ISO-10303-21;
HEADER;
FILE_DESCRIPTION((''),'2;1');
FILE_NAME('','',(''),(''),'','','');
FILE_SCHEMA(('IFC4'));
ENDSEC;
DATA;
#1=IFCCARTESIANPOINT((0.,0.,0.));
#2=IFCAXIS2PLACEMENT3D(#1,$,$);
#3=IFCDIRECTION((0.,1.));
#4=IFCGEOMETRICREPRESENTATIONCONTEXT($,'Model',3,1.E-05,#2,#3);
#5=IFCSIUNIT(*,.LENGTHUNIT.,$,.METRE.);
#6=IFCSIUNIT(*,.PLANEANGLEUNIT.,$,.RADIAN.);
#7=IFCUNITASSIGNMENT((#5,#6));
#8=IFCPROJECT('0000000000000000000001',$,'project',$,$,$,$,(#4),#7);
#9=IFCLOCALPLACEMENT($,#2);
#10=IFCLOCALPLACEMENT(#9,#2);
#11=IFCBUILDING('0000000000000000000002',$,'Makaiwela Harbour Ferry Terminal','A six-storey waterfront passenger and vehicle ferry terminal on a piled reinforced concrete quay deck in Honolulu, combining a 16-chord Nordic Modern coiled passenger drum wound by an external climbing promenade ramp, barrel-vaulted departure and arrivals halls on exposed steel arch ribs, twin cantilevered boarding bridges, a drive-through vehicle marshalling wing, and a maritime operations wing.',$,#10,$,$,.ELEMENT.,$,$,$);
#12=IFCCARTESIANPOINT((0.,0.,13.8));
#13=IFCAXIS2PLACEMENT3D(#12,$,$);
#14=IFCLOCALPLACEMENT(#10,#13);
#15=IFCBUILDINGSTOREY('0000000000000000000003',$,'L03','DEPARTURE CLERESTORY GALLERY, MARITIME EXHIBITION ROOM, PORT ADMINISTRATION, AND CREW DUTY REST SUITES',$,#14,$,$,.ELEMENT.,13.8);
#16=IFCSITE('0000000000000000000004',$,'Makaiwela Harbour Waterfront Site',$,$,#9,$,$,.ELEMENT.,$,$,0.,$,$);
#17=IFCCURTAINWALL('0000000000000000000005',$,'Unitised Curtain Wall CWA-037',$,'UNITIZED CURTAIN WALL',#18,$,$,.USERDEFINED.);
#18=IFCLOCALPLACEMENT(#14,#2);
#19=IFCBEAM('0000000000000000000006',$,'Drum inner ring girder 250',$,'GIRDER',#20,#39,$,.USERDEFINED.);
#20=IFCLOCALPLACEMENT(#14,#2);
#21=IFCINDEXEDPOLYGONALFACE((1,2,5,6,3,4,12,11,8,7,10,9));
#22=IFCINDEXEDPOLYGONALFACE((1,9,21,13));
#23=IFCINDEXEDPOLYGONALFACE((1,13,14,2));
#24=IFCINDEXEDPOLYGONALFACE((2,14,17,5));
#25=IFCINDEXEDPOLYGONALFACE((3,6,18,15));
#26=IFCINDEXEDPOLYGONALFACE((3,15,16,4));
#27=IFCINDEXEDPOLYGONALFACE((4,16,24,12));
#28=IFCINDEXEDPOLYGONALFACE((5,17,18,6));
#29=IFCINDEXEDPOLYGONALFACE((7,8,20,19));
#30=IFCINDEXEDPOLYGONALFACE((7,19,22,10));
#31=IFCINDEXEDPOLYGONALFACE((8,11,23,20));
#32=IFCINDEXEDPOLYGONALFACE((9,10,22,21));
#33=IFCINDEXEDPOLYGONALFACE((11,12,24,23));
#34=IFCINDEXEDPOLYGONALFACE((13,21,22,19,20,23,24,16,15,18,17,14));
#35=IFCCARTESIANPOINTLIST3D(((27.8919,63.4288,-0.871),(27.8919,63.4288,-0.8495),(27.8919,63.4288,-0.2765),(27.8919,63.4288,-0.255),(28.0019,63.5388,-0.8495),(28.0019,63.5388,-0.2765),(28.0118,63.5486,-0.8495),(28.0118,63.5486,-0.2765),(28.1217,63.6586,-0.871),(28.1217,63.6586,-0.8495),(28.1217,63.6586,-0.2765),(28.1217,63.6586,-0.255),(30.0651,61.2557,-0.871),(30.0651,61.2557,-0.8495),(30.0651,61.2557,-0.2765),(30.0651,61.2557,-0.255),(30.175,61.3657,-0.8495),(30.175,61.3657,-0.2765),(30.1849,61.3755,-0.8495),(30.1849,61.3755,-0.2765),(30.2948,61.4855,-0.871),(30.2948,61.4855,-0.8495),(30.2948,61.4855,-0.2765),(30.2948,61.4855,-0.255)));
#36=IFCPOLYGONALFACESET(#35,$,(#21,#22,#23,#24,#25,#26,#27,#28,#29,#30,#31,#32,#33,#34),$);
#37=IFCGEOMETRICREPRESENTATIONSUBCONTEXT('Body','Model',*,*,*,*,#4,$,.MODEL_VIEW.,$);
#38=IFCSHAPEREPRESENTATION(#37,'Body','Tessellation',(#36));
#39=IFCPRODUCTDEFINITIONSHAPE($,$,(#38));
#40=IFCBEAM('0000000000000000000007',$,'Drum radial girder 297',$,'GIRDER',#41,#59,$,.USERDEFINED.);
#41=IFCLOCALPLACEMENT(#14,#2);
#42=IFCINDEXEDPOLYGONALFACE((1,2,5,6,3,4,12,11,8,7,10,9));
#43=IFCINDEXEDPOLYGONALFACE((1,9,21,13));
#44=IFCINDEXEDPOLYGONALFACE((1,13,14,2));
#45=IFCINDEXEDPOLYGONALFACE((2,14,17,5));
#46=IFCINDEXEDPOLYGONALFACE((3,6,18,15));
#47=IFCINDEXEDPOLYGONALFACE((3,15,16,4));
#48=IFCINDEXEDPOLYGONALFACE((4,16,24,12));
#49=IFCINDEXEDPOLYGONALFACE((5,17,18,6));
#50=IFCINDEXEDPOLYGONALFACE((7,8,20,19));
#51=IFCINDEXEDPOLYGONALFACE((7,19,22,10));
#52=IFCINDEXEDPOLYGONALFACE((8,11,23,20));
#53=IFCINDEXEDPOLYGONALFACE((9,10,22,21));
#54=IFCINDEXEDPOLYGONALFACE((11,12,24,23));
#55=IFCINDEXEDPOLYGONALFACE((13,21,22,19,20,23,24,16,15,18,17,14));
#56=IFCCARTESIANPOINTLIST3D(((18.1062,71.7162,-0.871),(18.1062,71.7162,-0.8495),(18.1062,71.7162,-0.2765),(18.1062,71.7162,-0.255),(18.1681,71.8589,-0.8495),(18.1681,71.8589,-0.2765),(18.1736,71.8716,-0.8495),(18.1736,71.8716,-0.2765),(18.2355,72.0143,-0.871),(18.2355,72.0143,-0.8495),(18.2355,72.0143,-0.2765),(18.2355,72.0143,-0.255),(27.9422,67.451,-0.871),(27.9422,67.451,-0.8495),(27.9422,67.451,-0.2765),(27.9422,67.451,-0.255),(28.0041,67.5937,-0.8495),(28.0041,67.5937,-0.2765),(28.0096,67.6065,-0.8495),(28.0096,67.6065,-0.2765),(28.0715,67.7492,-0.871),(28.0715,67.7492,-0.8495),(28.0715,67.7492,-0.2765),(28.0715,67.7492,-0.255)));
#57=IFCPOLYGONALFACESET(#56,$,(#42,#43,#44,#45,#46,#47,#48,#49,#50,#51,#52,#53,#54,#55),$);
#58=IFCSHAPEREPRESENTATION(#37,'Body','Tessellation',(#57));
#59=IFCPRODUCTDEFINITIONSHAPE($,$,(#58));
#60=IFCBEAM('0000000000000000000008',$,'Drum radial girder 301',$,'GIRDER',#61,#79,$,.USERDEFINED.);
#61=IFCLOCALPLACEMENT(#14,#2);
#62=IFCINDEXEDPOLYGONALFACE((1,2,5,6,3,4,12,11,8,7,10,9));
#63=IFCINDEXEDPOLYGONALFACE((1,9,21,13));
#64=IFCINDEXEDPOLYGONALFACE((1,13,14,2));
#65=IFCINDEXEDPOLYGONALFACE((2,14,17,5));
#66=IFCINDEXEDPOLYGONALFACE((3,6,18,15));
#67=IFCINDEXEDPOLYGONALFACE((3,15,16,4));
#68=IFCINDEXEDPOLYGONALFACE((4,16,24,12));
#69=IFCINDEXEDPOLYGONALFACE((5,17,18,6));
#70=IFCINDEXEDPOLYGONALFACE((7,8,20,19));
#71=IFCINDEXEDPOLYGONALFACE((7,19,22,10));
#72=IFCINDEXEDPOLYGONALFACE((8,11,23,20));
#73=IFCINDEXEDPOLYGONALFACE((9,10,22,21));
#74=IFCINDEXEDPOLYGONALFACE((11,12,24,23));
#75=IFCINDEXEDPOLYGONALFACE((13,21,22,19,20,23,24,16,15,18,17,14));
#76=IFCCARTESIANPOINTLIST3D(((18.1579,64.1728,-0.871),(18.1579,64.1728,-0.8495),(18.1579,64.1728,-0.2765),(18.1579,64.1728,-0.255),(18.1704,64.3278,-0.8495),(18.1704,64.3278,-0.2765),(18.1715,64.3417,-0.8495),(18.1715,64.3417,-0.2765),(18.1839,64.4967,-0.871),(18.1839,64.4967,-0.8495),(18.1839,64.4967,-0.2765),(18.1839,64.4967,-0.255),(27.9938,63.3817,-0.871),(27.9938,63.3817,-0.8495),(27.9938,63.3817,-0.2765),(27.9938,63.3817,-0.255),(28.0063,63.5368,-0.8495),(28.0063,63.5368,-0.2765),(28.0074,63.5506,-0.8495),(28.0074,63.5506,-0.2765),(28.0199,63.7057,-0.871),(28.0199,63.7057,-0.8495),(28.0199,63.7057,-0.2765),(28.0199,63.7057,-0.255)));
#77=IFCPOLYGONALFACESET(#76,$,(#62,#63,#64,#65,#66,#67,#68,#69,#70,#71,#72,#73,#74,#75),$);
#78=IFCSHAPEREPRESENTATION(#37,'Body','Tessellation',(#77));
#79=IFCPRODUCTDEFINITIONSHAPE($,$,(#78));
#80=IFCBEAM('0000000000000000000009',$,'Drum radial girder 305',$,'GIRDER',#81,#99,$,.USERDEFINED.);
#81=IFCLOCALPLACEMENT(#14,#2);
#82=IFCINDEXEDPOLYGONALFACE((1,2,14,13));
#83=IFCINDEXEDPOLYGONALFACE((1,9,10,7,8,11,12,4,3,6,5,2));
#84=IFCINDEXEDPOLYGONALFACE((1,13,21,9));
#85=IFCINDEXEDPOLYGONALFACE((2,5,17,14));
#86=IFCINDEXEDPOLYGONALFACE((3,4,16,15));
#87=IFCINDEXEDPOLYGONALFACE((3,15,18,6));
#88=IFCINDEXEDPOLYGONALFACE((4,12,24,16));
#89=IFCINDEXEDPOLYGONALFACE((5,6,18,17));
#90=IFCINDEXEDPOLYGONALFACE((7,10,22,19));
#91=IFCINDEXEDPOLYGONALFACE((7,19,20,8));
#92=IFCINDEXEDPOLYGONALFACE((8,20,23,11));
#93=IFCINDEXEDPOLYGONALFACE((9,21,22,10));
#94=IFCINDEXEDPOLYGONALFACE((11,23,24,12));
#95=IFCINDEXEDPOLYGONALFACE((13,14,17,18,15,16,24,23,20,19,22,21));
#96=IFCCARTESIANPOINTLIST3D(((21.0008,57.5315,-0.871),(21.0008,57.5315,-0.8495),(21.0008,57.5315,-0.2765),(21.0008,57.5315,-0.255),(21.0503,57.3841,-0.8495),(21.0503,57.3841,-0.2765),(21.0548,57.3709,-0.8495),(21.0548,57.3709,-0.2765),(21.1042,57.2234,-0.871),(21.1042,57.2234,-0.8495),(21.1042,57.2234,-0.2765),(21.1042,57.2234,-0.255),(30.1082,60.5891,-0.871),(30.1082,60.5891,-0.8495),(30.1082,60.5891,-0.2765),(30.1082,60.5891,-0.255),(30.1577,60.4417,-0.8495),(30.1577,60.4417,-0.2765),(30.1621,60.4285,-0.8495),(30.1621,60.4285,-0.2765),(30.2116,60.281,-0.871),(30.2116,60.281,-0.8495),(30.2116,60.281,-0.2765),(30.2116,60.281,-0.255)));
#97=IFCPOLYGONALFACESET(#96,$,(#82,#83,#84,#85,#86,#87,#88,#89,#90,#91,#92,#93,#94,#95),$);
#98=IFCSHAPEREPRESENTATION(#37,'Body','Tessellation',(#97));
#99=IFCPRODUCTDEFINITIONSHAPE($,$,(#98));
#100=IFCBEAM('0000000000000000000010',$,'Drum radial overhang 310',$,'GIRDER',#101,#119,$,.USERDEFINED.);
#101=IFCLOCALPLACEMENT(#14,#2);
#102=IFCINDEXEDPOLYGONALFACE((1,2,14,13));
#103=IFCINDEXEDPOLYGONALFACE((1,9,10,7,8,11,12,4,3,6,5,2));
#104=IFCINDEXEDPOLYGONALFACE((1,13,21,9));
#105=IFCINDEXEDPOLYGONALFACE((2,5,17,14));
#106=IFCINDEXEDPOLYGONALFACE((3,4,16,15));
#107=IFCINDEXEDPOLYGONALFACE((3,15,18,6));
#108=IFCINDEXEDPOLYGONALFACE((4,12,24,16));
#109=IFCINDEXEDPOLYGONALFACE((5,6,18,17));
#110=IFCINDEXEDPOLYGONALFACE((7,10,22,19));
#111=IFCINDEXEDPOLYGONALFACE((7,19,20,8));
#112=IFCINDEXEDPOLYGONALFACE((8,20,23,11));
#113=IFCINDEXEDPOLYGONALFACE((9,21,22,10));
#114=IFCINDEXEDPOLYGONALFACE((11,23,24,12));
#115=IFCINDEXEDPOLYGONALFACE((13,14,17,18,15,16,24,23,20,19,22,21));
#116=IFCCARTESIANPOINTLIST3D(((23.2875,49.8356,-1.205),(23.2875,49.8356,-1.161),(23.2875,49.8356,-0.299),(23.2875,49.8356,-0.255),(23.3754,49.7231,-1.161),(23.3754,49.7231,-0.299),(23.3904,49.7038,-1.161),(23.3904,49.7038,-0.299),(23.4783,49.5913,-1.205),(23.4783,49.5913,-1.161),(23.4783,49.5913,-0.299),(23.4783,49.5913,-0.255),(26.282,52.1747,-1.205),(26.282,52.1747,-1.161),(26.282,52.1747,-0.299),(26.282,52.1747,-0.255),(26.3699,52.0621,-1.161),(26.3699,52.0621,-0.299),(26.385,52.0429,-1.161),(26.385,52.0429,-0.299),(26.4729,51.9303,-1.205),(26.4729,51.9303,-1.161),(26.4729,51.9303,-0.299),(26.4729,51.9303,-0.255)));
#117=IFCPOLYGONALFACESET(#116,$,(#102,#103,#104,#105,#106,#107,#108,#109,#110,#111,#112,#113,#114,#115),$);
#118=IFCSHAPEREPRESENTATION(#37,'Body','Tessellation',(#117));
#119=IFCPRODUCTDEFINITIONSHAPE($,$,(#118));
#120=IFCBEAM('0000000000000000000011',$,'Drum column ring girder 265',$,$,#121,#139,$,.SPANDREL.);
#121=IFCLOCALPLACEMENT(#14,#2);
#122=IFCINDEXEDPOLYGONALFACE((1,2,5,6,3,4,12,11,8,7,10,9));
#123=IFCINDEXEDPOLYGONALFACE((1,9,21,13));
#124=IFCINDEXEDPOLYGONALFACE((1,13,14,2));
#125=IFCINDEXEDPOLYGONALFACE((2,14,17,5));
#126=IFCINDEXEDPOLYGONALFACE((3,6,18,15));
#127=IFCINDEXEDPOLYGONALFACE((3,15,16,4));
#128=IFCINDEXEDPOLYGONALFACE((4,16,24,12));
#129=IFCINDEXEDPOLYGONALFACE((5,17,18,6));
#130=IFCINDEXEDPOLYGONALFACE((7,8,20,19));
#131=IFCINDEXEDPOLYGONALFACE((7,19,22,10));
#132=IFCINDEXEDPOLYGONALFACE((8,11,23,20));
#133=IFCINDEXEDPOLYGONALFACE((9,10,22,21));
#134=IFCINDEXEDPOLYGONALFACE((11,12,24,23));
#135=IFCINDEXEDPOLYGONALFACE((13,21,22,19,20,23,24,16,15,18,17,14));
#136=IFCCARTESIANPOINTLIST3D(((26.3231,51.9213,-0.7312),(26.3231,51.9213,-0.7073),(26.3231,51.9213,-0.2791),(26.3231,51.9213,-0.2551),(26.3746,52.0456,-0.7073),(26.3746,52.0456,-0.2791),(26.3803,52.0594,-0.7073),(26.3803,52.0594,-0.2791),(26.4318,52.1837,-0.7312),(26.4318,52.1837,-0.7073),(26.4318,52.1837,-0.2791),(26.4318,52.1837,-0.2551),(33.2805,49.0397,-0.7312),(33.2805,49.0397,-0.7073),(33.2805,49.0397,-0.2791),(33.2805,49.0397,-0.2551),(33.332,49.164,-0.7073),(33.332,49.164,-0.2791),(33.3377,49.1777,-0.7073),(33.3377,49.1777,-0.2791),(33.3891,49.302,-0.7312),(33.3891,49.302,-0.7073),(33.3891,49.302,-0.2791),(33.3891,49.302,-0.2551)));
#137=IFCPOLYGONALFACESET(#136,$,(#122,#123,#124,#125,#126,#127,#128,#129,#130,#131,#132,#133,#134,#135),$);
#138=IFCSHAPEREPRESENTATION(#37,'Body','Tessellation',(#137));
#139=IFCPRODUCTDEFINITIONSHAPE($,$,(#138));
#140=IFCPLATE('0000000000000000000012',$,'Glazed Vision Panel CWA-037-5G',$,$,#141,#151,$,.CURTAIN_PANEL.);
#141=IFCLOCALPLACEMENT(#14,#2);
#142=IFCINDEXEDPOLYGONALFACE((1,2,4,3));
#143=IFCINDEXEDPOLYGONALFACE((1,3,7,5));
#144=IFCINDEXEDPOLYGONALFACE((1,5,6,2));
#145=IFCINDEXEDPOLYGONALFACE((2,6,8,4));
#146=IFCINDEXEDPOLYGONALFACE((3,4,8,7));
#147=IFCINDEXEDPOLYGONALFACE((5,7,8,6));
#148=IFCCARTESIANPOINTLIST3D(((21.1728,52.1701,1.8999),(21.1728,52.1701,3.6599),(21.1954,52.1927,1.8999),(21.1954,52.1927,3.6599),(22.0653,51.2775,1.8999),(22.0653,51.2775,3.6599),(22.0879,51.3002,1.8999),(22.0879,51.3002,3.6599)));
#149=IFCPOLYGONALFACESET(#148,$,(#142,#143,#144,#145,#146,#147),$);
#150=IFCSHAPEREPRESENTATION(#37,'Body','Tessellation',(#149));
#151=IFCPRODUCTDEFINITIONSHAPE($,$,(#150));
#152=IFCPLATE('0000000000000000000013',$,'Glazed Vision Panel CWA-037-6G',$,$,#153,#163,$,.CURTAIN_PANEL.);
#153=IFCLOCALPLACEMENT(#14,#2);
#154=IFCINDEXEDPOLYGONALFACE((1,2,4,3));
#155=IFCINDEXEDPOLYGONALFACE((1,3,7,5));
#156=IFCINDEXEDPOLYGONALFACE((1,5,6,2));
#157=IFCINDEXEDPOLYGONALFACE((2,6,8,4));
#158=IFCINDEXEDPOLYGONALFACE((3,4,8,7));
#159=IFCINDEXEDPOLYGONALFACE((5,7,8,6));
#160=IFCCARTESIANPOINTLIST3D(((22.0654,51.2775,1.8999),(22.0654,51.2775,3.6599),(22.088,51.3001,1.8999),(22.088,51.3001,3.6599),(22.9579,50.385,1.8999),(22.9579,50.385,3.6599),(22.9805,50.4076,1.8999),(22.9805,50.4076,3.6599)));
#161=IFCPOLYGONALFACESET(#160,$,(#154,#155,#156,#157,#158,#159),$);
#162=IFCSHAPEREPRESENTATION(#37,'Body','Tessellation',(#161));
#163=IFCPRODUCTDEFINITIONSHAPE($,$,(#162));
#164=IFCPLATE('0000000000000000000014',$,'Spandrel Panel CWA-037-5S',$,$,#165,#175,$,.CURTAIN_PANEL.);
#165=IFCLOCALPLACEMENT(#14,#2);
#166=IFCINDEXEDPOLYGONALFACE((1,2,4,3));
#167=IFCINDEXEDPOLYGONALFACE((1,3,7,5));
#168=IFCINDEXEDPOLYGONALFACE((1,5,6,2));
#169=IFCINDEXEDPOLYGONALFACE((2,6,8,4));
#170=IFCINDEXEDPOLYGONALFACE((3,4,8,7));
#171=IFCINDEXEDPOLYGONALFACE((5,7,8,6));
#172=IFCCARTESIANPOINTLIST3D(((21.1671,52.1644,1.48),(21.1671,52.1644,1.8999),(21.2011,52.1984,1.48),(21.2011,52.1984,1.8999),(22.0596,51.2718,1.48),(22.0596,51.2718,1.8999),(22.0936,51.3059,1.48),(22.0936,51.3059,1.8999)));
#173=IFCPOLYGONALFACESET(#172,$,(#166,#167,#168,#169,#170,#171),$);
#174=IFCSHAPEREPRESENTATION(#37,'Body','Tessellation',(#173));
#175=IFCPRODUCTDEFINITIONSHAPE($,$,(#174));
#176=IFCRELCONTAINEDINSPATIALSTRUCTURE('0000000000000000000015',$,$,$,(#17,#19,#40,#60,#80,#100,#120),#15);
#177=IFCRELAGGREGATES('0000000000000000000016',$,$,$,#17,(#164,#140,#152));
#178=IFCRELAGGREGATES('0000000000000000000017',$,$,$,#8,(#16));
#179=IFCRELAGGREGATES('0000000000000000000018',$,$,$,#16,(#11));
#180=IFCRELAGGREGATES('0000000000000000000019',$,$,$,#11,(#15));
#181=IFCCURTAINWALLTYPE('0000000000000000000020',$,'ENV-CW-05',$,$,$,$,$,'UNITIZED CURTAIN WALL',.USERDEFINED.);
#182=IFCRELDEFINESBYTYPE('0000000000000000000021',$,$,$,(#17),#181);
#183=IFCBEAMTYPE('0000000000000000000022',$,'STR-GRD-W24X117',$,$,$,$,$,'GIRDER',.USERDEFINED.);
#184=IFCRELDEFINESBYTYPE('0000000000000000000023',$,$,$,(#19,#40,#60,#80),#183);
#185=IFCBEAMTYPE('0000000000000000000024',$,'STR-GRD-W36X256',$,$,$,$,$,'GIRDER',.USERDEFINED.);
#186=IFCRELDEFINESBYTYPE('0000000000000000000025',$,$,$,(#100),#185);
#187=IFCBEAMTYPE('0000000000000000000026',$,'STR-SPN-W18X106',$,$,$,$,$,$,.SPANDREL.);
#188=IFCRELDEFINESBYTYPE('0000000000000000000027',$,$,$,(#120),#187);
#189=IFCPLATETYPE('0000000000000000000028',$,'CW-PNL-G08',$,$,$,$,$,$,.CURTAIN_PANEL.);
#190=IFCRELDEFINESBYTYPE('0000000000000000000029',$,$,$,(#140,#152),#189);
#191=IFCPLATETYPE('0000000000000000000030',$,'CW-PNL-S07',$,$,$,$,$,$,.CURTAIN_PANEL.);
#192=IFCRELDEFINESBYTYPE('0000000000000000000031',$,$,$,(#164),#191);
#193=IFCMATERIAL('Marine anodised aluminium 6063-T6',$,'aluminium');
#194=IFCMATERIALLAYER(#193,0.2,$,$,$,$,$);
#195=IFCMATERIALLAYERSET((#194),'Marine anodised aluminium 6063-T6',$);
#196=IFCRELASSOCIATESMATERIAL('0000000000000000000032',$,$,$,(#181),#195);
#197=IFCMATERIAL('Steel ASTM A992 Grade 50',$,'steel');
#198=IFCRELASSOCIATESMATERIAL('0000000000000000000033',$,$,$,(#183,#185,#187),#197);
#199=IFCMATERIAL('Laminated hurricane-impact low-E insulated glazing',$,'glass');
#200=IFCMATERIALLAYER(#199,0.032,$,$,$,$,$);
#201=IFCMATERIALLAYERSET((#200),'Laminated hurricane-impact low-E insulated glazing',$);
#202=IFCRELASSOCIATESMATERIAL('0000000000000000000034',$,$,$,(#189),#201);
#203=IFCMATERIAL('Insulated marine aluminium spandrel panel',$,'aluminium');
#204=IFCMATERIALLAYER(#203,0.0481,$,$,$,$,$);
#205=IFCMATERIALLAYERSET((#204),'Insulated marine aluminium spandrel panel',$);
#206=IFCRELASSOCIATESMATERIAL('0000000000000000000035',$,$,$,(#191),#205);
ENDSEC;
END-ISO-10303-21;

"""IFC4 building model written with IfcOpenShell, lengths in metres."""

from ifc_helpers import new_model, si_unit, direction, frame, origin, origin_2d, place, context, subcontext, project, spatial, rectangle, i_section, extrude, material, layer, layer_set, material_profile, profile_set, type_object, element, aggregate, save


model = new_model("IFC4")

# Units and contexts
model_context = context("Model", 3, precision=1e-05, world=origin(), true_north=direction((0.0, 1.0)))
body_context = subcontext(model_context, "Body", "Model", "MODEL_VIEW")
ifc_project = project(units=[si_unit("LENGTHUNIT", "METRE"), si_unit("PLANEANGLEUNIT", "RADIAN")], contexts=[model_context])

# Site, building, storey
site_placement = place(None, origin())
site = spatial("IfcSite", under=ifc_project, at=site_placement, Name="Makaiwela Harbour Waterfront Site", CompositionType="ELEMENT", RefElevation=0.0)
building_placement = place(site_placement, origin())
building = spatial("IfcBuilding", under=site, at=building_placement, Name="Makaiwela Harbour Ferry Terminal", Description="A six-storey waterfront passenger and vehicle ferry terminal on a piled reinforced concrete quay deck in Honolulu, combining a 16-chord Nordic Modern coiled passenger drum wound by an external climbing promenade ramp, barrel-vaulted departure and arrivals halls on exposed steel arch ribs, twin cantilevered boarding bridges, a drive-through vehicle marshalling wing, and a maritime operations wing.", CompositionType="ELEMENT")
storey_placement = place(building_placement, frame((0.0, 0.0, 13.8)))
storey = spatial("IfcBuildingStorey", under=building, at=storey_placement, Name="L03", Description="DEPARTURE CLERESTORY GALLERY, MARITIME EXHIBITION ROOM, PORT ADMINISTRATION, AND CREW DUTY REST SUITES", CompositionType="ELEMENT", Elevation=13.8)

# Shared definitions
ifc_material_1 = material(Name="Steel ASTM A992 Grade 50", Category="steel")

# Curtain wall
ifc_material_2 = material(Name="Marine anodised aluminium 6063-T6", Category="aluminium")
ifc_layer_1 = layer(ifc_material_2, 0.2)
ifc_layer_set_1 = layer_set([ifc_layer_1], Name="Marine anodised aluminium 6063-T6")
curtain_wall_type = type_object("IfcCurtainWallType", Name="ENV-CW-05", ElementType="UNITIZED CURTAIN WALL", PredefinedType="USERDEFINED", material=ifc_layer_set_1)
curtain_wall_placement = place(storey_placement, origin())
curtain_wall = element("IfcCurtainWall", 1, at=curtain_wall_placement, inside=storey, type_object=curtain_wall_type, Name="Unitised Curtain Wall CWA-037", ObjectType="UNITIZED CURTAIN WALL", PredefinedType="USERDEFINED")

# Beams
ifc_material_profile_1 = material_profile(ifc_material_1, i_section(OverallWidth=0.325, OverallDepth=0.616, WebThickness=0.0139, FlangeThickness=0.0215, at=origin_2d()), Name="W24X117")
ifc_profile_set_1 = profile_set([ifc_material_profile_1], Name="Steel ASTM A992 Grade 50")
beam_type_1 = type_object("IfcBeamType", Name="STR-GRD-W24X117", ElementType="GIRDER", PredefinedType="USERDEFINED", material=ifc_profile_set_1)
beam_1_placement = place(storey_placement, frame((28.0068, 63.5437, -0.563), z_axis=(0.707107, -0.707107, 0.0), x_axis=(0.707107, 0.707107, 0.0)))
element("IfcBeam", 2, at=beam_1_placement, inside=storey, type_object=beam_type_1, Name="Drum inner ring girder 250", ObjectType="GIRDER", PredefinedType="USERDEFINED", context=body_context, shape_type="SweptSolid", body=[
    extrude(i_section(OverallWidth=0.325, OverallDepth=0.616, WebThickness=0.0139, FlangeThickness=0.0215, at=origin_2d()), origin(), (0.0, 0.0, 1.0), 3.0732),
])
beam_2_placement = place(storey_placement, frame((28.0068, 67.6001, -0.563), z_axis=(-0.917457, 0.397835, 0.0), x_axis=(-0.397835, -0.917457, 0.0)))
element("IfcBeam", 3, at=beam_2_placement, inside=storey, type_object=beam_type_1, Name="Drum radial girder 297", ObjectType="GIRDER", PredefinedType="USERDEFINED", context=body_context, shape_type="SweptSolid", body=[
    extrude(i_section(OverallWidth=0.325, OverallDepth=0.616, WebThickness=0.0139, FlangeThickness=0.0215, at=origin_2d()), origin(), (0.0, 0.0, 1.0), 10.7209),
])
beam_3_placement = place(storey_placement, frame((28.0068, 63.5437, -0.563), z_axis=(-0.996782, 0.080162, 0.0), x_axis=(-0.080162, -0.996782, 0.0)))
element("IfcBeam", 4, at=beam_3_placement, inside=storey, type_object=beam_type_1, Name="Drum radial girder 301", ObjectType="GIRDER", PredefinedType="USERDEFINED", context=body_context, shape_type="SweptSolid", body=[
    extrude(i_section(OverallWidth=0.325, OverallDepth=0.616, WebThickness=0.0139, FlangeThickness=0.0215, at=origin_2d()), origin(), (0.0, 0.0, 1.0), 9.8677),
])
beam_4_placement = place(storey_placement, frame((30.1599, 60.4351, -0.563), z_axis=(-0.948, -0.31827, 0.0), x_axis=(0.31827, -0.948, 0.0)))
element("IfcBeam", 5, at=beam_4_placement, inside=storey, type_object=beam_type_1, Name="Drum radial girder 305", ObjectType="GIRDER", PredefinedType="USERDEFINED", context=body_context, shape_type="SweptSolid", body=[
    extrude(i_section(OverallWidth=0.325, OverallDepth=0.616, WebThickness=0.0139, FlangeThickness=0.0215, at=origin_2d()), origin(), (0.0, 0.0, 1.0), 9.6069),
])
ifc_material_profile_2 = material_profile(ifc_material_1, i_section(OverallWidth=0.3101, OverallDepth=0.95, WebThickness=0.0244, FlangeThickness=0.0439, at=origin_2d()), Name="W36X256")
ifc_profile_set_2 = profile_set([ifc_material_profile_2], Name="Steel ASTM A992 Grade 50")
beam_type_2 = type_object("IfcBeamType", Name="STR-GRD-W36X256", ElementType="GIRDER", PredefinedType="USERDEFINED", material=ifc_profile_set_2)
beam_5_placement = place(storey_placement, frame((26.3774, 52.0525, -0.73), z_axis=(-0.788081, -0.615572, 0.0), x_axis=(0.615572, -0.788081, 0.0)))
element("IfcBeam", 6, at=beam_5_placement, inside=storey, type_object=beam_type_2, Name="Drum radial overhang 310", ObjectType="GIRDER", PredefinedType="USERDEFINED", context=body_context, shape_type="SweptSolid", body=[
    extrude(i_section(OverallWidth=0.3101, OverallDepth=0.95, WebThickness=0.0244, FlangeThickness=0.0439, at=origin_2d()), origin(), (0.0, 0.0, 1.0), 3.7998),
])
ifc_material_profile_3 = material_profile(ifc_material_1, i_section(OverallWidth=0.2839, OverallDepth=0.4761, WebThickness=0.0149, FlangeThickness=0.0239, at=origin_2d()), Name="W18X106")
ifc_profile_set_3 = profile_set([ifc_material_profile_3], Name="Steel ASTM A992 Grade 50")
beam_type_3 = type_object("IfcBeamType", Name="STR-SPN-W18X106", PredefinedType="SPANDREL", material=ifc_profile_set_3)
beam_6_placement = place(storey_placement, frame((26.3774, 52.0525, -0.4932), z_axis=(0.923889, -0.38266, 0.0), x_axis=(0.38266, 0.923889, 0.0)))
element("IfcBeam", 7, at=beam_6_placement, inside=storey, type_object=beam_type_3, Name="Drum column ring girder 265", PredefinedType="SPANDREL", context=body_context, shape_type="SweptSolid", body=[
    extrude(i_section(OverallWidth=0.2839, OverallDepth=0.4761, WebThickness=0.0149, FlangeThickness=0.0239, at=origin_2d()), origin(), (0.0, 0.0, 1.0), 7.5305),
])

# Plates
ifc_material_3 = material(Name="Laminated hurricane-impact low-E insulated glazing", Category="glass")
ifc_layer_2 = layer(ifc_material_3, 0.032)
ifc_layer_set_2 = layer_set([ifc_layer_2], Name="Laminated hurricane-impact low-E insulated glazing")
plate_type_1 = type_object("IfcPlateType", Name="CW-PNL-G08", PredefinedType="CURTAIN_PANEL", material=ifc_layer_set_2)
plate_1_placement = place(storey_placement, frame((21.6304, 51.7351, 1.8999), z_axis=(0.0, 0.0, 1.0), x_axis=(0.707107, -0.707107, 0.0)))
plate_1 = element("IfcPlate", 8, at=plate_1_placement, type_object=plate_type_1, Name="Glazed Vision Panel CWA-037-5G", PredefinedType="CURTAIN_PANEL", context=body_context, shape_type="SweptSolid", body=[
    extrude(rectangle(XDim=1.2622, YDim=0.032, at=origin_2d()), origin(), (0.0, 0.0, 1.0), 1.76),
])
plate_2_placement = place(storey_placement, frame((22.5229, 50.8425, 1.8999), z_axis=(0.0, 0.0, 1.0), x_axis=(0.707107, -0.707107, 0.0)))
plate_2 = element("IfcPlate", 9, at=plate_2_placement, type_object=plate_type_1, Name="Glazed Vision Panel CWA-037-6G", PredefinedType="CURTAIN_PANEL", context=body_context, shape_type="SweptSolid", body=[
    extrude(rectangle(XDim=1.2622, YDim=0.032, at=origin_2d()), origin(), (0.0, 0.0, 1.0), 1.76),
])
ifc_material_4 = material(Name="Insulated marine aluminium spandrel panel", Category="aluminium")
ifc_layer_3 = layer(ifc_material_4, 0.0481)
ifc_layer_set_3 = layer_set([ifc_layer_3], Name="Insulated marine aluminium spandrel panel")
plate_type_2 = type_object("IfcPlateType", Name="CW-PNL-S07", PredefinedType="CURTAIN_PANEL", material=ifc_layer_set_3)
plate_3_placement = place(storey_placement, frame((21.6304, 51.7351, 1.48), z_axis=(0.0, 0.0, 1.0), x_axis=(0.707107, -0.707107, 0.0)))
plate_3 = element("IfcPlate", 10, at=plate_3_placement, type_object=plate_type_2, Name="Spandrel Panel CWA-037-5S", PredefinedType="CURTAIN_PANEL", context=body_context, shape_type="SweptSolid", body=[
    extrude(rectangle(XDim=1.2622, YDim=0.0481, at=origin_2d()), origin(), (0.0, 0.0, 1.0), 0.4199),
])
aggregate(curtain_wall, [plate_3, plate_1, plate_2])

save(model, "model.ifc")
